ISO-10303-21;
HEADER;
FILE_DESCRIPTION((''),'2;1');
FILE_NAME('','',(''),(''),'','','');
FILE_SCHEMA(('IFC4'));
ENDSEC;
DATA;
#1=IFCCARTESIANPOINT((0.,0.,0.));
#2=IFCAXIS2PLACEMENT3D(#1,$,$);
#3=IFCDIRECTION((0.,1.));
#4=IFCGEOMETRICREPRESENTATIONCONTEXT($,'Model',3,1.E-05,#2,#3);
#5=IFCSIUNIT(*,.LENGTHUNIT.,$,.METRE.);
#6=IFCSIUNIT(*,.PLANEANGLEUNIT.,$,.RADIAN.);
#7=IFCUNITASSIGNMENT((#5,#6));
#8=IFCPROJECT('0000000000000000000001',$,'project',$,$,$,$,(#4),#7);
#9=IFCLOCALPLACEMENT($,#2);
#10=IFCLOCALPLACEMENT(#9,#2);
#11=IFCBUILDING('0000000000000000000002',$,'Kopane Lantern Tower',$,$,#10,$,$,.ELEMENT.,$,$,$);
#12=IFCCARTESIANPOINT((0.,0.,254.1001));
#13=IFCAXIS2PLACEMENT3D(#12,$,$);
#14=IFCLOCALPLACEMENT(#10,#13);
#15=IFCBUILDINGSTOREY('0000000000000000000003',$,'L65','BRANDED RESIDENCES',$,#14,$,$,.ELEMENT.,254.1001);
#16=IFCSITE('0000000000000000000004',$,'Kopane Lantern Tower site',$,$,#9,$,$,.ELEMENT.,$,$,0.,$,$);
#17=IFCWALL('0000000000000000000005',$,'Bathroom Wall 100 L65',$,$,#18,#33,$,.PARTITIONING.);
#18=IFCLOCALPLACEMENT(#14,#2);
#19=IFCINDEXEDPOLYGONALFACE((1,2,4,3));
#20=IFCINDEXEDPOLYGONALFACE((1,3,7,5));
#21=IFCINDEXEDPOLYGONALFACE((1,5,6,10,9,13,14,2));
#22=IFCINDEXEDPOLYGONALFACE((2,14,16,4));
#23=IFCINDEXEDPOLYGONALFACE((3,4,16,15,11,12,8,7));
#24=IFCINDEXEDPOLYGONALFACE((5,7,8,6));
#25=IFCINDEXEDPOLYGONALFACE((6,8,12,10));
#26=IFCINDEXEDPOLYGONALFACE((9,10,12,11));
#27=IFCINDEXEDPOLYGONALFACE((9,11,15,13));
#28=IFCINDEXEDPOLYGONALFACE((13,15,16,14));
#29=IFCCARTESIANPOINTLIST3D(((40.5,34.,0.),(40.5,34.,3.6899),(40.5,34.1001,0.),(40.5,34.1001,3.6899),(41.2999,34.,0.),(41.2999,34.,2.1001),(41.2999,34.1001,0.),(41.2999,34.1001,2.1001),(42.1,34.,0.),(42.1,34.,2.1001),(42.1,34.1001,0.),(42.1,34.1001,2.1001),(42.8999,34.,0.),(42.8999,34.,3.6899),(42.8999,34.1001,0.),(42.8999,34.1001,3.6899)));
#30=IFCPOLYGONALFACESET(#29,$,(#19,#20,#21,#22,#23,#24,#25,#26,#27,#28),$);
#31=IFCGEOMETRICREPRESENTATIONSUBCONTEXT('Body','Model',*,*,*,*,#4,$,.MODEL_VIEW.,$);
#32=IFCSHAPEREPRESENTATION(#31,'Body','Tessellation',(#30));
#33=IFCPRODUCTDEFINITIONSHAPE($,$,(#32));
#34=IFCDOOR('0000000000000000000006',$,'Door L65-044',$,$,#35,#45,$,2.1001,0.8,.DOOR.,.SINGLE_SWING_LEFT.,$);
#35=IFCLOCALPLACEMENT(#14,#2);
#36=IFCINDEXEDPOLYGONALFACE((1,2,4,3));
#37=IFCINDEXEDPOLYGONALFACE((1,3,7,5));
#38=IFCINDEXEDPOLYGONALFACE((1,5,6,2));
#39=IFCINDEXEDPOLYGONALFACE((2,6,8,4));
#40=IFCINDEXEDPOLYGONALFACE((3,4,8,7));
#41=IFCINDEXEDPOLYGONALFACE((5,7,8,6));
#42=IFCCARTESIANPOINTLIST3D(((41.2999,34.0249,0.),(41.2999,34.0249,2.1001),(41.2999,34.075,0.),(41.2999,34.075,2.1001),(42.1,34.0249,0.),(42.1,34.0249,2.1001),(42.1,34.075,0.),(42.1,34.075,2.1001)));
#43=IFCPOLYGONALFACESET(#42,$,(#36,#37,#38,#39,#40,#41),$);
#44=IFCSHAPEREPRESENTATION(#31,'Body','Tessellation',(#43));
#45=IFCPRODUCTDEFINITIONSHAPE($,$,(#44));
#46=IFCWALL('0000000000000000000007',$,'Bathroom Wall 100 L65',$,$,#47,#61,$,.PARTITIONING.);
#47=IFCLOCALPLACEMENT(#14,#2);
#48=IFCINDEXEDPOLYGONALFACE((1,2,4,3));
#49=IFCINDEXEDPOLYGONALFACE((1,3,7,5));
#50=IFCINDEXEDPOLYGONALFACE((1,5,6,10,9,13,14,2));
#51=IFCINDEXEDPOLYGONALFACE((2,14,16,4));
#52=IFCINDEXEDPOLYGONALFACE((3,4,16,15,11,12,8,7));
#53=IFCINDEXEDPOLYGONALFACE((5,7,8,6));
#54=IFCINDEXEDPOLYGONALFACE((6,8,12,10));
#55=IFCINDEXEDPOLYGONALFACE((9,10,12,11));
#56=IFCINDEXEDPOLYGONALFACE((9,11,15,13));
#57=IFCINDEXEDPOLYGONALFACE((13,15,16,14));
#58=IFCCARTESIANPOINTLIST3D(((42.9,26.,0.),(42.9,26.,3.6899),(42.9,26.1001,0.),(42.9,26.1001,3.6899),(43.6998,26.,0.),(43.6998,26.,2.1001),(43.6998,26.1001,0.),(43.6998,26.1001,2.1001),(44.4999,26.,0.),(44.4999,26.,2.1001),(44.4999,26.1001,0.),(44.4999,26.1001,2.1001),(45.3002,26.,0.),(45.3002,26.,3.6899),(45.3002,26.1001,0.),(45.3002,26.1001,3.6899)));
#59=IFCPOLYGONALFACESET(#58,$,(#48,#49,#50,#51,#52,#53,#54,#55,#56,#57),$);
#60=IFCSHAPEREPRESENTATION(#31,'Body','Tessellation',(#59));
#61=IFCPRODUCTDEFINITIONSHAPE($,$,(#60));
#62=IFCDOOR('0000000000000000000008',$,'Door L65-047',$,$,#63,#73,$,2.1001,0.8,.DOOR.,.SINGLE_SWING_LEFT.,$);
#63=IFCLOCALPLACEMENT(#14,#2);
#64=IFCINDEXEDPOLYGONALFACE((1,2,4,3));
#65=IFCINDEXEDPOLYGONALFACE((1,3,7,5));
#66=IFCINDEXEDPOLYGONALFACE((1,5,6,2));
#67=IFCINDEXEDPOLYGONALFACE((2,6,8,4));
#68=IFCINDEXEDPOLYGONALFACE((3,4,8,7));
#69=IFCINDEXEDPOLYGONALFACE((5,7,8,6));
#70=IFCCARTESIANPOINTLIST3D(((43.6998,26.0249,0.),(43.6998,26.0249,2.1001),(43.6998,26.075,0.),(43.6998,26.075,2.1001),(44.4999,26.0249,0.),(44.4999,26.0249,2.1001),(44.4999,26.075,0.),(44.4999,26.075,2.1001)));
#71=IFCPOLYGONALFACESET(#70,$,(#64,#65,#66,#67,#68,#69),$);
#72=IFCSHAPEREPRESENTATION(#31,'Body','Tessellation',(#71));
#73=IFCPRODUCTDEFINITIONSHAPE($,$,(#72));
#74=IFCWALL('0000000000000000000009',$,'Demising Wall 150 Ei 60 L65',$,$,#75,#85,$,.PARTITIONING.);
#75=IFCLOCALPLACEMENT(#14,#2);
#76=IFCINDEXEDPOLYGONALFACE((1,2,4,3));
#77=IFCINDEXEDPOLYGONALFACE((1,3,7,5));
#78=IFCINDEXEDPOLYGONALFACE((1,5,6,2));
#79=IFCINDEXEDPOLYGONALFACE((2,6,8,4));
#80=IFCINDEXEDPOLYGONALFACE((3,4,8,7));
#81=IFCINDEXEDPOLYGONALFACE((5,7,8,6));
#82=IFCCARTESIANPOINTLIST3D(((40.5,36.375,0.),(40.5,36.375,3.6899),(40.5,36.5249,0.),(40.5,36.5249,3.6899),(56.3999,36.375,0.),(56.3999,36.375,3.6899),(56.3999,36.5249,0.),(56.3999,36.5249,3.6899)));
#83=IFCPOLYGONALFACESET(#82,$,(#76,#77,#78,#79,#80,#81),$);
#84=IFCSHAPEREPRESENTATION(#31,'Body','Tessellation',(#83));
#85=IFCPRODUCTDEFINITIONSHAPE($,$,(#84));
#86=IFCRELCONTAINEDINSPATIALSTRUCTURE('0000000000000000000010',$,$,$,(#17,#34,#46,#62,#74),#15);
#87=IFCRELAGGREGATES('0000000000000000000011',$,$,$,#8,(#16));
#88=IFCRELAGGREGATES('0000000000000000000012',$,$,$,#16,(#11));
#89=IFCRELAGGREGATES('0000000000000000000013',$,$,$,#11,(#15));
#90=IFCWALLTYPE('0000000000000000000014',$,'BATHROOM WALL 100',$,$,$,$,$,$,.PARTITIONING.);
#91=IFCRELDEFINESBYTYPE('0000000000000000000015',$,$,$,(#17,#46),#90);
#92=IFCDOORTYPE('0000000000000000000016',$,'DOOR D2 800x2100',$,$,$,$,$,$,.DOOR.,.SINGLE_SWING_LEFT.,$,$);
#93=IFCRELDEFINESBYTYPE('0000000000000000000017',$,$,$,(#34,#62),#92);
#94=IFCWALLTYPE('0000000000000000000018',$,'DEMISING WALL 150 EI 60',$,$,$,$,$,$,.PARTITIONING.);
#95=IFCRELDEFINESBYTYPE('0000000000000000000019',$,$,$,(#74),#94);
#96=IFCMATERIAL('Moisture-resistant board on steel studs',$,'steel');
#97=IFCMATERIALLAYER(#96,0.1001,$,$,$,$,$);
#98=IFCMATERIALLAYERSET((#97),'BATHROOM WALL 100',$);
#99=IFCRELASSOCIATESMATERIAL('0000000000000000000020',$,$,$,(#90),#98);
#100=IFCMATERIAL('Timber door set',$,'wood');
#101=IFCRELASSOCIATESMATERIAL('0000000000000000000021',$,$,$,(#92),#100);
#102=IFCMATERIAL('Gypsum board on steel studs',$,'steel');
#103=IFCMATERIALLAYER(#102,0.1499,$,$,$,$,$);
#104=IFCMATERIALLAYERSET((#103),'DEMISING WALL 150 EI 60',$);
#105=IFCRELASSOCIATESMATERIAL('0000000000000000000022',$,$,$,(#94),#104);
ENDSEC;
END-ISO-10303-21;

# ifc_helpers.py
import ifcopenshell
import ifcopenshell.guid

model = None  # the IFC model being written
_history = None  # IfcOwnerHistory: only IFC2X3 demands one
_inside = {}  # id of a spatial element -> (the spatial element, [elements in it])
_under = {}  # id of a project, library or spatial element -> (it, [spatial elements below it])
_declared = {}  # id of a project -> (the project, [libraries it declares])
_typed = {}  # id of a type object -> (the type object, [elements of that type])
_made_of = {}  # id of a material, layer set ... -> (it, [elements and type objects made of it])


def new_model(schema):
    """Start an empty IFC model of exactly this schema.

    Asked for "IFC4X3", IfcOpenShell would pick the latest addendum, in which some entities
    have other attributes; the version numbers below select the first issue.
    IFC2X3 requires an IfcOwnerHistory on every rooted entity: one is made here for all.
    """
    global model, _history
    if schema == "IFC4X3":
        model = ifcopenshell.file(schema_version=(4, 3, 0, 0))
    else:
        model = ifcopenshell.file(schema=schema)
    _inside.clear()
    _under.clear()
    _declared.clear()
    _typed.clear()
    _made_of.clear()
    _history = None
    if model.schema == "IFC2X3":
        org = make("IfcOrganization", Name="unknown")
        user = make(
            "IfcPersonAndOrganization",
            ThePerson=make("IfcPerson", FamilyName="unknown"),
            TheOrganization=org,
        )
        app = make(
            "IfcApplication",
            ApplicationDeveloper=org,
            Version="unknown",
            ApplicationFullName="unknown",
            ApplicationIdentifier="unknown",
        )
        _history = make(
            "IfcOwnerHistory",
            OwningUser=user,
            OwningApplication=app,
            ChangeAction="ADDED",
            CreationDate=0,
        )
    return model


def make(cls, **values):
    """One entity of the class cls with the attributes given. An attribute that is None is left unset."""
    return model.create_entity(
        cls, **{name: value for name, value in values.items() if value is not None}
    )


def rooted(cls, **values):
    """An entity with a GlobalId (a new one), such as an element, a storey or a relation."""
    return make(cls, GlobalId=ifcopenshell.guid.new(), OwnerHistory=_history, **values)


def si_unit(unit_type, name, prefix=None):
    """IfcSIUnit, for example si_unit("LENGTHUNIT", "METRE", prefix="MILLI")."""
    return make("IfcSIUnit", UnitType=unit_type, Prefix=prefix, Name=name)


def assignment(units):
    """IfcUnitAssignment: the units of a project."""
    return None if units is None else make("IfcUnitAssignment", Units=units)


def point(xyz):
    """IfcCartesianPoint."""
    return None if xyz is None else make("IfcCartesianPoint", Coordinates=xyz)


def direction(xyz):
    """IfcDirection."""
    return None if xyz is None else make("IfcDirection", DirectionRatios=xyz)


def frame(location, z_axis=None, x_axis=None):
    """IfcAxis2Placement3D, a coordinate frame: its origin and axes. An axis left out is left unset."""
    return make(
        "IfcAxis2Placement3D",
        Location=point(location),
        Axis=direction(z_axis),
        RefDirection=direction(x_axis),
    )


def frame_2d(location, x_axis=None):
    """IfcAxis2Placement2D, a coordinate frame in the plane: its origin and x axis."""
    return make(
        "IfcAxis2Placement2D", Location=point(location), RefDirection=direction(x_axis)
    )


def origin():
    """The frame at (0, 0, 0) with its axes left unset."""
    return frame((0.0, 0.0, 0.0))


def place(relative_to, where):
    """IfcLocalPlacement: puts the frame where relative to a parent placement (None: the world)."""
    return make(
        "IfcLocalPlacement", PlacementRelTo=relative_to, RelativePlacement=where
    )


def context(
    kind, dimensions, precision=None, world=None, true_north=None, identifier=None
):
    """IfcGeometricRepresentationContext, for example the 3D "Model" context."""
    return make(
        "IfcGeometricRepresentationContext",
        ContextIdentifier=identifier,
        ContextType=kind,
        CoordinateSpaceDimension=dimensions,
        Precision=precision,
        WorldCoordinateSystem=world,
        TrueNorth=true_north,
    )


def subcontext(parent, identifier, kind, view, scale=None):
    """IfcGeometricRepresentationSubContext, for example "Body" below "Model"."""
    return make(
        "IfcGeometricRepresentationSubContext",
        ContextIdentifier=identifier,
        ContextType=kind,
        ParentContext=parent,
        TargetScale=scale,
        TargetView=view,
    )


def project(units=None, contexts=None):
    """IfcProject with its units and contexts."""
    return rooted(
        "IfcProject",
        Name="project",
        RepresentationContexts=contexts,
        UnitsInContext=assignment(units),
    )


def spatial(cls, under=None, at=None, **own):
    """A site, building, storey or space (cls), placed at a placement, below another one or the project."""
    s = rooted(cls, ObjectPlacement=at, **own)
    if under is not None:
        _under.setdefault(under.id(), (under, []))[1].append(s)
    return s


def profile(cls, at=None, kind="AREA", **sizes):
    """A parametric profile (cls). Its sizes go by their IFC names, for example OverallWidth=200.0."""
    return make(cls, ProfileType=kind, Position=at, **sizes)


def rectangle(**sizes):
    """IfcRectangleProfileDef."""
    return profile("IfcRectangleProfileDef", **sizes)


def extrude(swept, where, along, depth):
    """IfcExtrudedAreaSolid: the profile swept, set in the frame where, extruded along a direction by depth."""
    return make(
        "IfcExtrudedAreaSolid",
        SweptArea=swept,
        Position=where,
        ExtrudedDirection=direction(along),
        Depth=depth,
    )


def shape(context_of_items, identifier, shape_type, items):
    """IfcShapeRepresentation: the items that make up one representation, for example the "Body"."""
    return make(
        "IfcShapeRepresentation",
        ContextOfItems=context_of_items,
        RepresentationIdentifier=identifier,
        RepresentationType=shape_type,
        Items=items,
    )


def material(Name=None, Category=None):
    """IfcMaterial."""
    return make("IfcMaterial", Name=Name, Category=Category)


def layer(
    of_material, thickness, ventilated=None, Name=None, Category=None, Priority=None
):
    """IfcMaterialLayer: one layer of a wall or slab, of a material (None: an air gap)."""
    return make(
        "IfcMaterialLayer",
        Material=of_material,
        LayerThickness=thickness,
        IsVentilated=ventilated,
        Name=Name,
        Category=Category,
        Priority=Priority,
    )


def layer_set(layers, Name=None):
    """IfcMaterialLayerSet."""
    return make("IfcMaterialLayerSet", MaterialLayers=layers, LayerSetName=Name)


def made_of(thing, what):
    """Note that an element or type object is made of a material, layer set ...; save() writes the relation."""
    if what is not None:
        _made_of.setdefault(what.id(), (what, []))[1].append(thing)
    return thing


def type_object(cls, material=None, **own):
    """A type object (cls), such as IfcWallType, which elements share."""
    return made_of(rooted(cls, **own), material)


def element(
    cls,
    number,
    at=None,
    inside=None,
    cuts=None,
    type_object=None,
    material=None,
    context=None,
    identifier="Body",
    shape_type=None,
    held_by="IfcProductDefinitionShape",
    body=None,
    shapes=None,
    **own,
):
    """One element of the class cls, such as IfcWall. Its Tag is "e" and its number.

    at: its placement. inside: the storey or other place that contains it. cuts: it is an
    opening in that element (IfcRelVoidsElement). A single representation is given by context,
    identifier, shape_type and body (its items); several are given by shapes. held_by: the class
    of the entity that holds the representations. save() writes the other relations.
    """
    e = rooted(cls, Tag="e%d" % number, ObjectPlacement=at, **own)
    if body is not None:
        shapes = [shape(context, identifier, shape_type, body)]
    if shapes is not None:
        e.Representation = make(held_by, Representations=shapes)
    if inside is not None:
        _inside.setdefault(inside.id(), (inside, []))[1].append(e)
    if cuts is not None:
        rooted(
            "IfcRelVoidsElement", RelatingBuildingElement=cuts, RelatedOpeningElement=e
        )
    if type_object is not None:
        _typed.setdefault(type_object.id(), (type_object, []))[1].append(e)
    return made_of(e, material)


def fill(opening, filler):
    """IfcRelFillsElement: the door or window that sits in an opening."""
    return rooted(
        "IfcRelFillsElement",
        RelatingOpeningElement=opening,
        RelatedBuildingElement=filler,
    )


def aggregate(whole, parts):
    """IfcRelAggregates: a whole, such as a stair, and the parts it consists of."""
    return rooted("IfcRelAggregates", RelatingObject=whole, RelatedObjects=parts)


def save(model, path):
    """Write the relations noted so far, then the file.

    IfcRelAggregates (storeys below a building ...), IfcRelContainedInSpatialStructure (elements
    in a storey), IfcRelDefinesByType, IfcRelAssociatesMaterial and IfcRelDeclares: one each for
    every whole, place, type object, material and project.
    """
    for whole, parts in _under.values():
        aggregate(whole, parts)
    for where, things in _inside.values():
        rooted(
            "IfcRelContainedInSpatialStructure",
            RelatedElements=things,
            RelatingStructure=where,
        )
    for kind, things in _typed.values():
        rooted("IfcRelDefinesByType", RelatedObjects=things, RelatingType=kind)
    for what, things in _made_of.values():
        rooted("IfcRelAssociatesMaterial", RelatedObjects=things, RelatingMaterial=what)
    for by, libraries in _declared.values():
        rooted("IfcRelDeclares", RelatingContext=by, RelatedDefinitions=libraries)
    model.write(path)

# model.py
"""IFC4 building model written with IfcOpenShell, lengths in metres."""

from ifc_helpers import new_model, si_unit, direction, frame, frame_2d, origin, place, context, subcontext, project, spatial, rectangle, extrude, material, layer, layer_set, type_object, element, fill, save


model = new_model("IFC4")

# Units and contexts
model_context = context("Model", 3, precision=1e-05, world=origin(), true_north=direction((0.0, 1.0)))
body_context = subcontext(model_context, "Body", "Model", "MODEL_VIEW")
ifc_project = project(units=[si_unit("LENGTHUNIT", "METRE"), si_unit("PLANEANGLEUNIT", "RADIAN")], contexts=[model_context])

# Site, building, storey
site_placement = place(None, origin())
site = spatial("IfcSite", under=ifc_project, at=site_placement, Name="Kopane Lantern Tower site", CompositionType="ELEMENT", RefElevation=0.0)
building_placement = place(site_placement, origin())
building = spatial("IfcBuilding", under=site, at=building_placement, Name="Kopane Lantern Tower", CompositionType="ELEMENT")
storey_placement = place(building_placement, frame((0.0, 0.0, 254.1001)))
storey = spatial("IfcBuildingStorey", under=building, at=storey_placement, Name="L65", Description="BRANDED RESIDENCES", CompositionType="ELEMENT", Elevation=254.1001)

# Walls, openings, doors
ifc_material_1 = material(Name="Moisture-resistant board on steel studs", Category="steel")
ifc_layer_1 = layer(ifc_material_1, 0.1001)
ifc_layer_set_1 = layer_set([ifc_layer_1], Name="BATHROOM WALL 100")
wall_type_1 = type_object("IfcWallType", Name="BATHROOM WALL 100", PredefinedType="PARTITIONING", material=ifc_layer_set_1)
wall_1_placement = place(storey_placement, frame((40.5, 34.05, 0.0), z_axis=(0.0, 0.0, 1.0), x_axis=(1.0, 0.0, 0.0)))
wall_1 = element("IfcWall", 1, at=wall_1_placement, inside=storey, type_object=wall_type_1, Name="Bathroom Wall 100 L65", PredefinedType="PARTITIONING", context=body_context, shape_type="SweptSolid", body=[
    extrude(rectangle(XDim=2.3999, YDim=0.1001, at=frame_2d((1.2, 0.0))), origin(), (0.0, 0.0, 1.0), 3.6899),
])
opening_1_placement = place(wall_1_placement, frame((0.8, 0.0, 0.0)))
opening_1 = element("IfcOpeningElement", 2, at=opening_1_placement, cuts=wall_1, PredefinedType="OPENING", context=body_context, shape_type="SweptSolid", body=[
    extrude(rectangle(XDim=0.8, YDim=2.1001, at=frame_2d((0.3999, 1.05))), frame((0.0, 0.0601, 0.0), z_axis=(0.0, -1.0, 0.0), x_axis=(1.0, 0.0, 0.0)), (0.0, 0.0, 1.0), 0.1201),
])
ifc_material_2 = material(Name="Timber door set", Category="wood")
door_type = type_object("IfcDoorType", Name="DOOR D2 800x2100", OperationType="SINGLE_SWING_LEFT", PredefinedType="DOOR", material=ifc_material_2)
door_1_placement = place(opening_1_placement, origin())
door_1 = element("IfcDoor", 3, at=door_1_placement, inside=storey, type_object=door_type, Name="Door L65-044", OperationType="SINGLE_SWING_LEFT", OverallHeight=2.1001, OverallWidth=0.8, PredefinedType="DOOR", context=body_context, shape_type="SweptSolid", body=[
    extrude(rectangle(XDim=0.8, YDim=2.1001, at=frame_2d((0.3999, 1.05))), frame((0.0, 0.0249, 0.0), z_axis=(0.0, -1.0, 0.0), x_axis=(1.0, 0.0, 0.0)), (0.0, 0.0, 1.0), 0.05),
])
fill(opening_1, door_1)
wall_2_placement = place(storey_placement, frame((42.8999, 26.05, 0.0), z_axis=(0.0, 0.0, 1.0), x_axis=(1.0, 0.0, 0.0)))
wall_2 = element("IfcWall", 4, at=wall_2_placement, inside=storey, type_object=wall_type_1, Name="Bathroom Wall 100 L65", PredefinedType="PARTITIONING", context=body_context, shape_type="SweptSolid", body=[
    extrude(rectangle(XDim=2.4001, YDim=0.1001, at=frame_2d((1.2002, 0.0))), origin(), (0.0, 0.0, 1.0), 3.6899),
])
opening_2_placement = place(wall_2_placement, frame((0.8, 0.0, 0.0)))
opening_2 = element("IfcOpeningElement", 5, at=opening_2_placement, cuts=wall_2, PredefinedType="OPENING", context=body_context, shape_type="SweptSolid", body=[
    extrude(rectangle(XDim=0.8, YDim=2.1001, at=frame_2d((0.3999, 1.05))), frame((0.0, 0.0601, 0.0), z_axis=(0.0, -1.0, 0.0), x_axis=(1.0, 0.0, 0.0)), (0.0, 0.0, 1.0), 0.1201),
])
door_2_placement = place(opening_2_placement, origin())
door_2 = element("IfcDoor", 6, at=door_2_placement, inside=storey, type_object=door_type, Name="Door L65-047", OperationType="SINGLE_SWING_LEFT", OverallHeight=2.1001, OverallWidth=0.8, PredefinedType="DOOR", context=body_context, shape_type="SweptSolid", body=[
    extrude(rectangle(XDim=0.8, YDim=2.1001, at=frame_2d((0.3999, 1.05))), frame((0.0, 0.0249, 0.0), z_axis=(0.0, -1.0, 0.0), x_axis=(1.0, 0.0, 0.0)), (0.0, 0.0, 1.0), 0.05),
])
fill(opening_2, door_2)

# Wall
ifc_material_3 = material(Name="Gypsum board on steel studs", Category="steel")
ifc_layer_2 = layer(ifc_material_3, 0.1499)
ifc_layer_set_2 = layer_set([ifc_layer_2], Name="DEMISING WALL 150 EI 60")
wall_type_2 = type_object("IfcWallType", Name="DEMISING WALL 150 EI 60", PredefinedType="PARTITIONING", material=ifc_layer_set_2)
wall_3_placement = place(storey_placement, frame((40.5, 36.45, 0.0), z_axis=(0.0, 0.0, 1.0), x_axis=(1.0, 0.0, 0.0)))
element("IfcWall", 7, at=wall_3_placement, inside=storey, type_object=wall_type_2, Name="Demising Wall 150 Ei 60 L65", PredefinedType="PARTITIONING", context=body_context, shape_type="SweptSolid", body=[
    extrude(rectangle(XDim=15.8999, YDim=0.1499, at=frame_2d((7.95, 0.0))), origin(), (0.0, 0.0, 1.0), 3.6899),
])

save(model, "model.ifc")
